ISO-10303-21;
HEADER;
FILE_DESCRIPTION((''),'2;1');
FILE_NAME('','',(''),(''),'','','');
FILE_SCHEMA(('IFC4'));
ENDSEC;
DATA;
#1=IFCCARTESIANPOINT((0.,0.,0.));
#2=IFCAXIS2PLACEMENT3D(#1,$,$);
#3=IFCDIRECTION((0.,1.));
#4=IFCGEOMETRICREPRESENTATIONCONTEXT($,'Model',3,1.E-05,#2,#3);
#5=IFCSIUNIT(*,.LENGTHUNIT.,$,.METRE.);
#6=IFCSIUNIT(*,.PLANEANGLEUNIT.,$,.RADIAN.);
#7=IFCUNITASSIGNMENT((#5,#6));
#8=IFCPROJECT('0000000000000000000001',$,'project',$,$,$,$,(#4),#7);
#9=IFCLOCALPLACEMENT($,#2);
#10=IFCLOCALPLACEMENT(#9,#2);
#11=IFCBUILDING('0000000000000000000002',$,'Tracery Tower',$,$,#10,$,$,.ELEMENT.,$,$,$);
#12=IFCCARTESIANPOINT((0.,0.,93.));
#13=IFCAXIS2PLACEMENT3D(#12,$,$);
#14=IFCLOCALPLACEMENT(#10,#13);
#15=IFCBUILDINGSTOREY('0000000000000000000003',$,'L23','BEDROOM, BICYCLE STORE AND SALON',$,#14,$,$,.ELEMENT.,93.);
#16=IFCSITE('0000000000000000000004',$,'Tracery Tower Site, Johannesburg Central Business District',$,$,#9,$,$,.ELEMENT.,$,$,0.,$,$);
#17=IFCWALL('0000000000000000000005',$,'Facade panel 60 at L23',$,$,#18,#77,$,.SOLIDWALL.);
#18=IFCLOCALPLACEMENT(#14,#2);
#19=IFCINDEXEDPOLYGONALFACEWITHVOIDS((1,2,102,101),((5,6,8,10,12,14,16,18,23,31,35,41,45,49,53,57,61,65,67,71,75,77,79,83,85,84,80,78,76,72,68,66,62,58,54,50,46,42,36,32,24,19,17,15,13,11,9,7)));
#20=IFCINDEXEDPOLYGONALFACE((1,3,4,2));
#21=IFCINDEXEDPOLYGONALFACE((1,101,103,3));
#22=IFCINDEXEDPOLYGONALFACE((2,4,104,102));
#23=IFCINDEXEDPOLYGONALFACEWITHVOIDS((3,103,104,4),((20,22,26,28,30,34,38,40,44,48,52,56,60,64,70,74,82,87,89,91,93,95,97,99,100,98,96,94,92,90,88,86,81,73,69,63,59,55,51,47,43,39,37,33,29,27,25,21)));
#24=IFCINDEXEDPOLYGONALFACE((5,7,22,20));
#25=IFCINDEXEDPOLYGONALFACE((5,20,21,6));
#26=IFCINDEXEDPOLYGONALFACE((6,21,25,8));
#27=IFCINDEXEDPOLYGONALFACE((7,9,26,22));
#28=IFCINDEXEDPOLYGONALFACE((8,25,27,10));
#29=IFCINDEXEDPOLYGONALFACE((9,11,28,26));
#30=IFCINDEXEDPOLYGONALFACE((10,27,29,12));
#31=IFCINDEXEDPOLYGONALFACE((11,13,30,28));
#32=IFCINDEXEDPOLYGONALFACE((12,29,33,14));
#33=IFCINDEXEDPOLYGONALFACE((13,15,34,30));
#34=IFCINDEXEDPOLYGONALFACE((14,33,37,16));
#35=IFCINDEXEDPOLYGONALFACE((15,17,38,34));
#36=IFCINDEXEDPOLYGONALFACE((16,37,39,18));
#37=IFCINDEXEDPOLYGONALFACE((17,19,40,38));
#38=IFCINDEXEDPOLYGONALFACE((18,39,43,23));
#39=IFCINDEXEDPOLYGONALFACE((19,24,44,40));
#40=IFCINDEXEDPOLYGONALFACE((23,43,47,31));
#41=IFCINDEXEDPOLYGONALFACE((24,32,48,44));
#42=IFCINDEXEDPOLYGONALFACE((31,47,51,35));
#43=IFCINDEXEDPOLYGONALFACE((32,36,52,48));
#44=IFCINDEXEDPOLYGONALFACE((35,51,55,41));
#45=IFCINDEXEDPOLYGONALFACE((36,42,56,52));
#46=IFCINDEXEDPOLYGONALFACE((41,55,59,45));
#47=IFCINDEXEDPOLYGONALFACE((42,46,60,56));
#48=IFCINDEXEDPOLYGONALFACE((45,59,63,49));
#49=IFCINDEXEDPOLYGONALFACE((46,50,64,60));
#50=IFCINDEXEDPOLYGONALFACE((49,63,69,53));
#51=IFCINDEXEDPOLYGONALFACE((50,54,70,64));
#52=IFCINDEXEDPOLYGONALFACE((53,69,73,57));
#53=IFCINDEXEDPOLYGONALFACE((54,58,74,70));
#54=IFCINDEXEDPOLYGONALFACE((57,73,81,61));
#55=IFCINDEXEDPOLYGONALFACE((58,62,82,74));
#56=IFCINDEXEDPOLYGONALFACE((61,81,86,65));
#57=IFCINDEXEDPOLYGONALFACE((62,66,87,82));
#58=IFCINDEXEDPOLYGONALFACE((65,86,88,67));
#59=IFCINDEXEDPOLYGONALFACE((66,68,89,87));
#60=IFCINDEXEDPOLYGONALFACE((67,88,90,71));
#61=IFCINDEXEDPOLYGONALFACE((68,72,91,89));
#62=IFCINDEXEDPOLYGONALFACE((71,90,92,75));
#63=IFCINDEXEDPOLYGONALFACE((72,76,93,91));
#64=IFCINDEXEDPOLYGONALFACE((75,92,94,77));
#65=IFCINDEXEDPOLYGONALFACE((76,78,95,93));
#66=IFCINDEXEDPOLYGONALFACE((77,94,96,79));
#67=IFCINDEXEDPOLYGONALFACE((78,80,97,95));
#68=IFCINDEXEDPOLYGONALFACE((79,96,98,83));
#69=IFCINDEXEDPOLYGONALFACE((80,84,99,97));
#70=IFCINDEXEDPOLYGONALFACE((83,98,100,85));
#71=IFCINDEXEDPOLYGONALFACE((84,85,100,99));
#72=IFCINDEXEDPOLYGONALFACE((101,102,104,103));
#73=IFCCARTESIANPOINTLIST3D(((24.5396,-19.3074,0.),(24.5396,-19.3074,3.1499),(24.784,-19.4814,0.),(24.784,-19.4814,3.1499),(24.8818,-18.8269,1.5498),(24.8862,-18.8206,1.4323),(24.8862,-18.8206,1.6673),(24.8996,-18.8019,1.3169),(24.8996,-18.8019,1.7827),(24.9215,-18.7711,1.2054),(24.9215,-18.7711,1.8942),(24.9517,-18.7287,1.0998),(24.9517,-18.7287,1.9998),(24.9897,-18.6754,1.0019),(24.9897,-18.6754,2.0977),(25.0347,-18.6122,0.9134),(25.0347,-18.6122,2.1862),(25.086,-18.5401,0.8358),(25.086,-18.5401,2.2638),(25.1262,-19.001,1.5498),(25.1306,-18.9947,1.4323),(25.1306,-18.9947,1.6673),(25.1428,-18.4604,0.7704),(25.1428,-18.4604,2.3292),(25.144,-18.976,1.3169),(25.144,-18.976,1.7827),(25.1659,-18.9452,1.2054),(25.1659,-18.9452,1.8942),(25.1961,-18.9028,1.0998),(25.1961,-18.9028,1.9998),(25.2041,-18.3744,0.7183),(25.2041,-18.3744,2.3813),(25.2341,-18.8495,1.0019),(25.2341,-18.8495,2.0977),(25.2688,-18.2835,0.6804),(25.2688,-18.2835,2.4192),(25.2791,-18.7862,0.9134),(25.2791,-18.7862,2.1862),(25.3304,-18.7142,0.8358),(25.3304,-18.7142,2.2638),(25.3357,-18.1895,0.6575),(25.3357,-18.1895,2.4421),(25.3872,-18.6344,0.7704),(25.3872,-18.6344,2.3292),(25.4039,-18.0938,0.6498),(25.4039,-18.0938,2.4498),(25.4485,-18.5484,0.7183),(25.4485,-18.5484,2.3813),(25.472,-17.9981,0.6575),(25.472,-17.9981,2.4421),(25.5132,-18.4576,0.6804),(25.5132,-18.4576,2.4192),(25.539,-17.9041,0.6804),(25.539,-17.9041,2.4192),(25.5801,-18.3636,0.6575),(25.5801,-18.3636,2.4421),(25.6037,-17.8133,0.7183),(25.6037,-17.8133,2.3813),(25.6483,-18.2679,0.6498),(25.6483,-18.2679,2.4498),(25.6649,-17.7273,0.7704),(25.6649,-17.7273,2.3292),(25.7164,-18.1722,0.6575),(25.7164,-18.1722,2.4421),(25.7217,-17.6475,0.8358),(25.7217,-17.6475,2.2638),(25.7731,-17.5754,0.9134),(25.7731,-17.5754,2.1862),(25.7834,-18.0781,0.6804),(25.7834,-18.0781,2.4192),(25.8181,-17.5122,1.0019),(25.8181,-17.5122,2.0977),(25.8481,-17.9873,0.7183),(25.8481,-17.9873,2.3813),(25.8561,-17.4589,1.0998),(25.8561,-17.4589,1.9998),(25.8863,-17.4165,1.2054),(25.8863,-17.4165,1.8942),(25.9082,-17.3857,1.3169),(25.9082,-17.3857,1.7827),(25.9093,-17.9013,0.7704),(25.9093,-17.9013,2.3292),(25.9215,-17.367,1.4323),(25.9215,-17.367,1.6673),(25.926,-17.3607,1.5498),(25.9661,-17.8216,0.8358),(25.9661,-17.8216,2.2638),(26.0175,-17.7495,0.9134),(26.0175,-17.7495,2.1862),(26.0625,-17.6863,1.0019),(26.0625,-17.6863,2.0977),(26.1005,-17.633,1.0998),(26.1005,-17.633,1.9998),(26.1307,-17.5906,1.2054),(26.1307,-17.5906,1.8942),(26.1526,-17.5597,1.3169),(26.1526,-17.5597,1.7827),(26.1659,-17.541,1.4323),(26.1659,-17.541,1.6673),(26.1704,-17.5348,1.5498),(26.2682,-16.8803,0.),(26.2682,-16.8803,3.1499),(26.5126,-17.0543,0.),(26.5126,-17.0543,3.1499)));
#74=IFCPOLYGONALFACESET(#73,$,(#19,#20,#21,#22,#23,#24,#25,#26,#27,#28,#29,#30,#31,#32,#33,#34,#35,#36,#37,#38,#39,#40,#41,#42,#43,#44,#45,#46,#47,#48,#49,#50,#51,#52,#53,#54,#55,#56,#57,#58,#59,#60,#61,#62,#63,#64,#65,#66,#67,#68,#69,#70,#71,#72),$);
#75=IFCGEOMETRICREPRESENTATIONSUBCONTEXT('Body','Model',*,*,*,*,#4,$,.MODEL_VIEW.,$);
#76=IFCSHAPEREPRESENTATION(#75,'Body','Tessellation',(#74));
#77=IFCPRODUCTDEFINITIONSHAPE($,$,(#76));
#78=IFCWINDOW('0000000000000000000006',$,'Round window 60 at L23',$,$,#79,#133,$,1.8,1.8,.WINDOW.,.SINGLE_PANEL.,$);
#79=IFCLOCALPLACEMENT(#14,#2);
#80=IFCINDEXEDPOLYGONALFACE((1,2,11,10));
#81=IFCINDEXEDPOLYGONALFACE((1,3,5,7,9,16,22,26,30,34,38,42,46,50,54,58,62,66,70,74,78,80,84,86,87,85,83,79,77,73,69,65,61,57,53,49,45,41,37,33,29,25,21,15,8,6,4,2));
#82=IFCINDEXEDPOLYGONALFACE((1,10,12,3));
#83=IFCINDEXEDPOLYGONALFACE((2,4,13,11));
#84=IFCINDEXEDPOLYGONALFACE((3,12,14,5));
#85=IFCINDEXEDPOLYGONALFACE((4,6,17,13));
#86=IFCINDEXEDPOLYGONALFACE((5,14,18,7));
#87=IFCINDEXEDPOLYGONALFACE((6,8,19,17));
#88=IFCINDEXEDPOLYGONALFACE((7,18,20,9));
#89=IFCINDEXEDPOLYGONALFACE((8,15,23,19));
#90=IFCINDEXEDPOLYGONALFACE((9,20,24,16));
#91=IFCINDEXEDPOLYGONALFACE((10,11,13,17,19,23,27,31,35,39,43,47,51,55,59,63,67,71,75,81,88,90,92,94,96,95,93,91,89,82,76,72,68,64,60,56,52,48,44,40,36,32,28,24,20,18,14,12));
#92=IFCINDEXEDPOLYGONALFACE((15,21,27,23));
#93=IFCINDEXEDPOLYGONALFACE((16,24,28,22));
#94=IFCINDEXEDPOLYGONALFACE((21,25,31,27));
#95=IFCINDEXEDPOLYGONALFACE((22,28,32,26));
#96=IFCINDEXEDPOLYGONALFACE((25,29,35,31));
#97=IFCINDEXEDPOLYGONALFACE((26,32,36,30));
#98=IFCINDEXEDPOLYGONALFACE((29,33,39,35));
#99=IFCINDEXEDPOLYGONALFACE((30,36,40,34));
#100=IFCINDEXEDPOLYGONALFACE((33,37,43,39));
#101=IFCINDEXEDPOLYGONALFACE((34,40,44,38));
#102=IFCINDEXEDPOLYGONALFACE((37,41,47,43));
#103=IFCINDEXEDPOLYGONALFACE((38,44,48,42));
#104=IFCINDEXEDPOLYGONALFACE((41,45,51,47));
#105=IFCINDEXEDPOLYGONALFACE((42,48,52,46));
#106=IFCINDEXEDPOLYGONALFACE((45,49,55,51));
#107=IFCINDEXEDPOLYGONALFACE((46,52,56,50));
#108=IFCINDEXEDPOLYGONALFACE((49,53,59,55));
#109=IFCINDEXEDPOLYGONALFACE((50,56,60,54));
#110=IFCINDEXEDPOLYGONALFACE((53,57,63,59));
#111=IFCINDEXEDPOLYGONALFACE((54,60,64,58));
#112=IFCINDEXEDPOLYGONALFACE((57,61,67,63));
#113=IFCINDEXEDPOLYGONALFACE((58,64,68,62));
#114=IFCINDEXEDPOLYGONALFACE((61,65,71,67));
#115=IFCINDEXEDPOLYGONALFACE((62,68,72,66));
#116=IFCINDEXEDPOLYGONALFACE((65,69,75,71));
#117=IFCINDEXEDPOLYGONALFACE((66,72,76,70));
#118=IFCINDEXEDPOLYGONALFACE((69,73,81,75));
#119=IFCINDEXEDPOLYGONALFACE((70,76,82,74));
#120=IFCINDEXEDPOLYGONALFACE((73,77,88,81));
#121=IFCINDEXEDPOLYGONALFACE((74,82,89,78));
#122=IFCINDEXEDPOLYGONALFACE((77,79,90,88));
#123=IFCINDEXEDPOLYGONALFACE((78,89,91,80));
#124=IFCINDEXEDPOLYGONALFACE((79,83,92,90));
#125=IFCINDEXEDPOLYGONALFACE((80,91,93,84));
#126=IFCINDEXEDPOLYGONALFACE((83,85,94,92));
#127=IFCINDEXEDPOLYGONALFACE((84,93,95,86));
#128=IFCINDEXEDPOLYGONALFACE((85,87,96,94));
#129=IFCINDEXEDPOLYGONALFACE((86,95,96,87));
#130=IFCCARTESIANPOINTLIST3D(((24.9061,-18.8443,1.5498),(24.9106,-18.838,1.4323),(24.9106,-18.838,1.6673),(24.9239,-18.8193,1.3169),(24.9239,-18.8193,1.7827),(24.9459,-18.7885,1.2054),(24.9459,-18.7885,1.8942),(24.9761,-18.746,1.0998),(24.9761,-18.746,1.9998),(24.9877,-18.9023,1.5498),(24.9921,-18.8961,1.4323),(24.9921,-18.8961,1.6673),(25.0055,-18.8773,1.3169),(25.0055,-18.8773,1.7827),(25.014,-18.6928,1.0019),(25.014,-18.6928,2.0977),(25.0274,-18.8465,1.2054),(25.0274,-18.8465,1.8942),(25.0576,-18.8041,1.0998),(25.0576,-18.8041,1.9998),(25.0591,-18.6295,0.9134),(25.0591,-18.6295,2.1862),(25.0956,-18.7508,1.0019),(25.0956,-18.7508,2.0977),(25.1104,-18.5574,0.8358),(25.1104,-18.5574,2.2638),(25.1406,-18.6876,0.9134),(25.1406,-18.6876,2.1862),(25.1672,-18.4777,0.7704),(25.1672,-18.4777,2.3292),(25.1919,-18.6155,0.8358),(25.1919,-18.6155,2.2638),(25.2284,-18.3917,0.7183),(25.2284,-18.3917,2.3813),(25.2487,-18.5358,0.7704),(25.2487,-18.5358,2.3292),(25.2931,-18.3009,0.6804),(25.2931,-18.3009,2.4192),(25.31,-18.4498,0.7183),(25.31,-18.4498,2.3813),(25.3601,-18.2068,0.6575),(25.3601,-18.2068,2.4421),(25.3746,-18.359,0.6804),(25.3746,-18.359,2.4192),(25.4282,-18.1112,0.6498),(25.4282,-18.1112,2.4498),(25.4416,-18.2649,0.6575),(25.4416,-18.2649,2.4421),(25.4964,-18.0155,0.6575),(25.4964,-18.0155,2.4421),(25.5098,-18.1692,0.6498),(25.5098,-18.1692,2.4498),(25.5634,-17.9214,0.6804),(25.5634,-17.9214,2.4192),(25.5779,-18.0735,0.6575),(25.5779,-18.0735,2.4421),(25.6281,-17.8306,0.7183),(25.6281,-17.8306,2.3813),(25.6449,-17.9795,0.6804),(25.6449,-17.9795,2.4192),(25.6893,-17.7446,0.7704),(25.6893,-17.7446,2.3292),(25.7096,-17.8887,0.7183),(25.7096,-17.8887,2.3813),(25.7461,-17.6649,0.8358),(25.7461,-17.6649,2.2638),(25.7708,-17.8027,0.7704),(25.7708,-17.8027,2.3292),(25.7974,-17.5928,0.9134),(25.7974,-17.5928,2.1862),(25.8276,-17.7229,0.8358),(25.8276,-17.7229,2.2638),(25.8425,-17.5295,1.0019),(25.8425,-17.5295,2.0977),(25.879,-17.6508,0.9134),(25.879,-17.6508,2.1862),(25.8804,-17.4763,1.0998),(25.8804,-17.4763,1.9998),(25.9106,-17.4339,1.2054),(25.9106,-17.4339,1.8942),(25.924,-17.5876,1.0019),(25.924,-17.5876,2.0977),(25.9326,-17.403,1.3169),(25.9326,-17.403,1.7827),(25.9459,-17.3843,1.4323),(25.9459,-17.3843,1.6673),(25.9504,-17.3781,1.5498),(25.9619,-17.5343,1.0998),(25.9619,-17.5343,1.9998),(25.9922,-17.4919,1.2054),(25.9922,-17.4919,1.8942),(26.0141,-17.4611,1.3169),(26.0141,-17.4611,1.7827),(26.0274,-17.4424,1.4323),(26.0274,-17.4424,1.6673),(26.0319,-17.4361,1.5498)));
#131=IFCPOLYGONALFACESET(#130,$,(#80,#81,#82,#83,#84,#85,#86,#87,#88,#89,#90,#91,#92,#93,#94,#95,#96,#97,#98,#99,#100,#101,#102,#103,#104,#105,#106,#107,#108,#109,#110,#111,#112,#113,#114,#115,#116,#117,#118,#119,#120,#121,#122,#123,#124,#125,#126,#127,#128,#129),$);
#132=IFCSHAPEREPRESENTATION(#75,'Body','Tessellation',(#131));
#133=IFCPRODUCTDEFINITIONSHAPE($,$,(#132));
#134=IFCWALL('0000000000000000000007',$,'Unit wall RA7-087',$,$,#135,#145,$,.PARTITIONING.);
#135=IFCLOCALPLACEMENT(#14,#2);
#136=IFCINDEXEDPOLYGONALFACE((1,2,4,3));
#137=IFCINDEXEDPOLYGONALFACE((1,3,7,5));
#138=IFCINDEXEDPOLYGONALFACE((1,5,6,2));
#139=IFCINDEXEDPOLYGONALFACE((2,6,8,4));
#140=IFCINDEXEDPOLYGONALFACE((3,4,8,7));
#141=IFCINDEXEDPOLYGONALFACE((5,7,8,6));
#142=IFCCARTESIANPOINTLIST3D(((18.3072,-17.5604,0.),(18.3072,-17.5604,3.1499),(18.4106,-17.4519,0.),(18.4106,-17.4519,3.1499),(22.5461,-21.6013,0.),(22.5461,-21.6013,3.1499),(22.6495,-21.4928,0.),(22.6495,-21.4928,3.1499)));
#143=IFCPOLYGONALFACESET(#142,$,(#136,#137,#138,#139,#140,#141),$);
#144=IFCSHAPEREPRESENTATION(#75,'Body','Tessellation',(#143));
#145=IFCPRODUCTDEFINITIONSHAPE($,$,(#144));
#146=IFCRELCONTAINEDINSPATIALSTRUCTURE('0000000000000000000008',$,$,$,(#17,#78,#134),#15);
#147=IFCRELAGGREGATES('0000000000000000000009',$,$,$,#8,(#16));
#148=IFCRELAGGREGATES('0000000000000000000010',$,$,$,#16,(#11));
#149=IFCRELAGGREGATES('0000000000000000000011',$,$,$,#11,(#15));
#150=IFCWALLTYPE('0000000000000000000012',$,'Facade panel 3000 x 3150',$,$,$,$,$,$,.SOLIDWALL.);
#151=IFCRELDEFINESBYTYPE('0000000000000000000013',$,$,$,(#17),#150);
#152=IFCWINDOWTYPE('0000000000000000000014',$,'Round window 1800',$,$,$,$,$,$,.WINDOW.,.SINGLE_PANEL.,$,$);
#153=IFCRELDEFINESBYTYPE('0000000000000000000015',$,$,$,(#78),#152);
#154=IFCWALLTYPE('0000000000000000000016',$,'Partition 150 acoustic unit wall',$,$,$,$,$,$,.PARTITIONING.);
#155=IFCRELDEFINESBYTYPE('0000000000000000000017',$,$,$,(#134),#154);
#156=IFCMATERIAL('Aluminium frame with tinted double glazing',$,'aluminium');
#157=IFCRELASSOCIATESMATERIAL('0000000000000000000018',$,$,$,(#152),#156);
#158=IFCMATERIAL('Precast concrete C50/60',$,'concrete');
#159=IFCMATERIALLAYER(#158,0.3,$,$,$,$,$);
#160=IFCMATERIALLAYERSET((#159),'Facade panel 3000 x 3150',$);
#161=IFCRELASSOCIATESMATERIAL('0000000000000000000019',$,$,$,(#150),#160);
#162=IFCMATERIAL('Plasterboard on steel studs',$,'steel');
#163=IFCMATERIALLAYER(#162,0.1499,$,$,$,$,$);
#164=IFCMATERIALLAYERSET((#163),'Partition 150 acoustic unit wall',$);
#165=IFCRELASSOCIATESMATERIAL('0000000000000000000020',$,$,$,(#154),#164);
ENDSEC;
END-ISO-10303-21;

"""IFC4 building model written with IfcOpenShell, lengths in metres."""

from ifc_helpers import new_model, si_unit, direction, frame, frame_2d, origin, origin_2d, place, context, subcontext, project, spatial, rectangle, circle, extrude, material, layer, layer_set, type_object, element, fill, save


model = new_model("IFC4")

# Units and contexts
model_context = context("Model", 3, precision=1e-05, world=origin(), true_north=direction((0.0, 1.0)))
body_context = subcontext(model_context, "Body", "Model", "MODEL_VIEW")
ifc_project = project(units=[si_unit("LENGTHUNIT", "METRE"), si_unit("PLANEANGLEUNIT", "RADIAN")], contexts=[model_context])

# Site, building, storey
site_placement = place(None, origin())
site = spatial("IfcSite", under=ifc_project, at=site_placement, Name="Tracery Tower Site, Johannesburg Central Business District", CompositionType="ELEMENT", RefElevation=0.0)
building_placement = place(site_placement, origin())
building = spatial("IfcBuilding", under=site, at=building_placement, Name="Tracery Tower", CompositionType="ELEMENT")
storey_placement = place(building_placement, frame((0.0, 0.0, 93.0)))
storey = spatial("IfcBuildingStorey", under=building, at=storey_placement, Name="L23", Description="BEDROOM, BICYCLE STORE AND SALON", CompositionType="ELEMENT", Elevation=93.0)

# Wall, opening, window
ifc_material_1 = material(Name="Aluminium frame with tinted double glazing", Category="aluminium")
window_type = type_object("IfcWindowType", Name="Round window 1800", PartitioningType="SINGLE_PANEL", PredefinedType="WINDOW", material=ifc_material_1)
ifc_material_2 = material(Name="Precast concrete C50/60", Category="concrete")
ifc_layer_1 = layer(ifc_material_2, 0.3)
ifc_layer_set_1 = layer_set([ifc_layer_1], Name="Facade panel 3000 x 3150")
wall_type_1 = type_object("IfcWallType", Name="Facade panel 3000 x 3150", PredefinedType="SOLIDWALL", material=ifc_layer_set_1)
wall_1_placement = place(storey_placement, frame((24.6619, -19.3943, 0.0), z_axis=(0.0, 0.0, 1.0), x_axis=(0.580114, 0.814535, 0.0)))
wall_1 = element("IfcWall", 1, at=wall_1_placement, inside=storey, type_object=wall_type_1, Name="Facade panel 60 at L23", PredefinedType="SOLIDWALL", context=body_context, shape_type="SweptSolid", body=[
    extrude(rectangle(XDim=2.9797, YDim=0.3, at=frame_2d((1.4897, 0.0))), origin(), (0.0, 0.0, 1.0), 3.1499),
])
opening_1_placement = place(wall_1_placement, frame((1.4897, 0.0, 1.5498)))
opening_1 = element("IfcOpeningElement", 2, at=opening_1_placement, cuts=wall_1, PredefinedType="OPENING", context=body_context, shape_type="SweptSolid", body=[
    extrude(circle(Radius=0.9, at=origin_2d()), frame((0.0, 0.1599, 0.0), z_axis=(0.0, -1.0, 0.0), x_axis=(1.0, 0.0, 0.0)), (0.0, 0.0, 1.0), 0.3201),
])
window_1_placement = place(opening_1_placement, origin())
window_1 = element("IfcWindow", 3, at=window_1_placement, inside=storey, type_object=window_type, Name="Round window 60 at L23", OverallHeight=1.8, OverallWidth=1.8, PartitioningType="SINGLE_PANEL", PredefinedType="WINDOW", context=body_context, shape_type="SweptSolid", body=[
    extrude(circle(Radius=0.9, at=origin_2d()), frame((0.0, 0.1201, 0.0), z_axis=(0.0, -1.0, 0.0), x_axis=(1.0, 0.0, 0.0)), (0.0, 0.0, 1.0), 0.1001),
])
fill(opening_1, window_1)

# Wall
ifc_material_3 = material(Name="Plasterboard on steel studs", Category="steel")
ifc_layer_2 = layer(ifc_material_3, 0.1499)
ifc_layer_set_2 = layer_set([ifc_layer_2], Name="Partition 150 acoustic unit wall")
wall_type_2 = type_object("IfcWallType", Name="Partition 150 acoustic unit wall", PredefinedType="PARTITIONING", material=ifc_layer_set_2)
wall_2_placement = place(storey_placement, frame((18.3589, -17.5061, 0.0), z_axis=(0.0, 0.0, 1.0), x_axis=(0.723809, -0.690001, 0.0)))
element("IfcWall", 4, at=wall_2_placement, inside=storey, type_object=wall_type_2, Name="Unit wall RA7-087", PredefinedType="PARTITIONING", context=body_context, shape_type="SweptSolid", body=[
    extrude(rectangle(XDim=5.8564, YDim=0.1499, at=frame_2d((2.9282, 0.0))), origin(), (0.0, 0.0, 1.0), 3.1499),
])

save(model, "model.ifc")
